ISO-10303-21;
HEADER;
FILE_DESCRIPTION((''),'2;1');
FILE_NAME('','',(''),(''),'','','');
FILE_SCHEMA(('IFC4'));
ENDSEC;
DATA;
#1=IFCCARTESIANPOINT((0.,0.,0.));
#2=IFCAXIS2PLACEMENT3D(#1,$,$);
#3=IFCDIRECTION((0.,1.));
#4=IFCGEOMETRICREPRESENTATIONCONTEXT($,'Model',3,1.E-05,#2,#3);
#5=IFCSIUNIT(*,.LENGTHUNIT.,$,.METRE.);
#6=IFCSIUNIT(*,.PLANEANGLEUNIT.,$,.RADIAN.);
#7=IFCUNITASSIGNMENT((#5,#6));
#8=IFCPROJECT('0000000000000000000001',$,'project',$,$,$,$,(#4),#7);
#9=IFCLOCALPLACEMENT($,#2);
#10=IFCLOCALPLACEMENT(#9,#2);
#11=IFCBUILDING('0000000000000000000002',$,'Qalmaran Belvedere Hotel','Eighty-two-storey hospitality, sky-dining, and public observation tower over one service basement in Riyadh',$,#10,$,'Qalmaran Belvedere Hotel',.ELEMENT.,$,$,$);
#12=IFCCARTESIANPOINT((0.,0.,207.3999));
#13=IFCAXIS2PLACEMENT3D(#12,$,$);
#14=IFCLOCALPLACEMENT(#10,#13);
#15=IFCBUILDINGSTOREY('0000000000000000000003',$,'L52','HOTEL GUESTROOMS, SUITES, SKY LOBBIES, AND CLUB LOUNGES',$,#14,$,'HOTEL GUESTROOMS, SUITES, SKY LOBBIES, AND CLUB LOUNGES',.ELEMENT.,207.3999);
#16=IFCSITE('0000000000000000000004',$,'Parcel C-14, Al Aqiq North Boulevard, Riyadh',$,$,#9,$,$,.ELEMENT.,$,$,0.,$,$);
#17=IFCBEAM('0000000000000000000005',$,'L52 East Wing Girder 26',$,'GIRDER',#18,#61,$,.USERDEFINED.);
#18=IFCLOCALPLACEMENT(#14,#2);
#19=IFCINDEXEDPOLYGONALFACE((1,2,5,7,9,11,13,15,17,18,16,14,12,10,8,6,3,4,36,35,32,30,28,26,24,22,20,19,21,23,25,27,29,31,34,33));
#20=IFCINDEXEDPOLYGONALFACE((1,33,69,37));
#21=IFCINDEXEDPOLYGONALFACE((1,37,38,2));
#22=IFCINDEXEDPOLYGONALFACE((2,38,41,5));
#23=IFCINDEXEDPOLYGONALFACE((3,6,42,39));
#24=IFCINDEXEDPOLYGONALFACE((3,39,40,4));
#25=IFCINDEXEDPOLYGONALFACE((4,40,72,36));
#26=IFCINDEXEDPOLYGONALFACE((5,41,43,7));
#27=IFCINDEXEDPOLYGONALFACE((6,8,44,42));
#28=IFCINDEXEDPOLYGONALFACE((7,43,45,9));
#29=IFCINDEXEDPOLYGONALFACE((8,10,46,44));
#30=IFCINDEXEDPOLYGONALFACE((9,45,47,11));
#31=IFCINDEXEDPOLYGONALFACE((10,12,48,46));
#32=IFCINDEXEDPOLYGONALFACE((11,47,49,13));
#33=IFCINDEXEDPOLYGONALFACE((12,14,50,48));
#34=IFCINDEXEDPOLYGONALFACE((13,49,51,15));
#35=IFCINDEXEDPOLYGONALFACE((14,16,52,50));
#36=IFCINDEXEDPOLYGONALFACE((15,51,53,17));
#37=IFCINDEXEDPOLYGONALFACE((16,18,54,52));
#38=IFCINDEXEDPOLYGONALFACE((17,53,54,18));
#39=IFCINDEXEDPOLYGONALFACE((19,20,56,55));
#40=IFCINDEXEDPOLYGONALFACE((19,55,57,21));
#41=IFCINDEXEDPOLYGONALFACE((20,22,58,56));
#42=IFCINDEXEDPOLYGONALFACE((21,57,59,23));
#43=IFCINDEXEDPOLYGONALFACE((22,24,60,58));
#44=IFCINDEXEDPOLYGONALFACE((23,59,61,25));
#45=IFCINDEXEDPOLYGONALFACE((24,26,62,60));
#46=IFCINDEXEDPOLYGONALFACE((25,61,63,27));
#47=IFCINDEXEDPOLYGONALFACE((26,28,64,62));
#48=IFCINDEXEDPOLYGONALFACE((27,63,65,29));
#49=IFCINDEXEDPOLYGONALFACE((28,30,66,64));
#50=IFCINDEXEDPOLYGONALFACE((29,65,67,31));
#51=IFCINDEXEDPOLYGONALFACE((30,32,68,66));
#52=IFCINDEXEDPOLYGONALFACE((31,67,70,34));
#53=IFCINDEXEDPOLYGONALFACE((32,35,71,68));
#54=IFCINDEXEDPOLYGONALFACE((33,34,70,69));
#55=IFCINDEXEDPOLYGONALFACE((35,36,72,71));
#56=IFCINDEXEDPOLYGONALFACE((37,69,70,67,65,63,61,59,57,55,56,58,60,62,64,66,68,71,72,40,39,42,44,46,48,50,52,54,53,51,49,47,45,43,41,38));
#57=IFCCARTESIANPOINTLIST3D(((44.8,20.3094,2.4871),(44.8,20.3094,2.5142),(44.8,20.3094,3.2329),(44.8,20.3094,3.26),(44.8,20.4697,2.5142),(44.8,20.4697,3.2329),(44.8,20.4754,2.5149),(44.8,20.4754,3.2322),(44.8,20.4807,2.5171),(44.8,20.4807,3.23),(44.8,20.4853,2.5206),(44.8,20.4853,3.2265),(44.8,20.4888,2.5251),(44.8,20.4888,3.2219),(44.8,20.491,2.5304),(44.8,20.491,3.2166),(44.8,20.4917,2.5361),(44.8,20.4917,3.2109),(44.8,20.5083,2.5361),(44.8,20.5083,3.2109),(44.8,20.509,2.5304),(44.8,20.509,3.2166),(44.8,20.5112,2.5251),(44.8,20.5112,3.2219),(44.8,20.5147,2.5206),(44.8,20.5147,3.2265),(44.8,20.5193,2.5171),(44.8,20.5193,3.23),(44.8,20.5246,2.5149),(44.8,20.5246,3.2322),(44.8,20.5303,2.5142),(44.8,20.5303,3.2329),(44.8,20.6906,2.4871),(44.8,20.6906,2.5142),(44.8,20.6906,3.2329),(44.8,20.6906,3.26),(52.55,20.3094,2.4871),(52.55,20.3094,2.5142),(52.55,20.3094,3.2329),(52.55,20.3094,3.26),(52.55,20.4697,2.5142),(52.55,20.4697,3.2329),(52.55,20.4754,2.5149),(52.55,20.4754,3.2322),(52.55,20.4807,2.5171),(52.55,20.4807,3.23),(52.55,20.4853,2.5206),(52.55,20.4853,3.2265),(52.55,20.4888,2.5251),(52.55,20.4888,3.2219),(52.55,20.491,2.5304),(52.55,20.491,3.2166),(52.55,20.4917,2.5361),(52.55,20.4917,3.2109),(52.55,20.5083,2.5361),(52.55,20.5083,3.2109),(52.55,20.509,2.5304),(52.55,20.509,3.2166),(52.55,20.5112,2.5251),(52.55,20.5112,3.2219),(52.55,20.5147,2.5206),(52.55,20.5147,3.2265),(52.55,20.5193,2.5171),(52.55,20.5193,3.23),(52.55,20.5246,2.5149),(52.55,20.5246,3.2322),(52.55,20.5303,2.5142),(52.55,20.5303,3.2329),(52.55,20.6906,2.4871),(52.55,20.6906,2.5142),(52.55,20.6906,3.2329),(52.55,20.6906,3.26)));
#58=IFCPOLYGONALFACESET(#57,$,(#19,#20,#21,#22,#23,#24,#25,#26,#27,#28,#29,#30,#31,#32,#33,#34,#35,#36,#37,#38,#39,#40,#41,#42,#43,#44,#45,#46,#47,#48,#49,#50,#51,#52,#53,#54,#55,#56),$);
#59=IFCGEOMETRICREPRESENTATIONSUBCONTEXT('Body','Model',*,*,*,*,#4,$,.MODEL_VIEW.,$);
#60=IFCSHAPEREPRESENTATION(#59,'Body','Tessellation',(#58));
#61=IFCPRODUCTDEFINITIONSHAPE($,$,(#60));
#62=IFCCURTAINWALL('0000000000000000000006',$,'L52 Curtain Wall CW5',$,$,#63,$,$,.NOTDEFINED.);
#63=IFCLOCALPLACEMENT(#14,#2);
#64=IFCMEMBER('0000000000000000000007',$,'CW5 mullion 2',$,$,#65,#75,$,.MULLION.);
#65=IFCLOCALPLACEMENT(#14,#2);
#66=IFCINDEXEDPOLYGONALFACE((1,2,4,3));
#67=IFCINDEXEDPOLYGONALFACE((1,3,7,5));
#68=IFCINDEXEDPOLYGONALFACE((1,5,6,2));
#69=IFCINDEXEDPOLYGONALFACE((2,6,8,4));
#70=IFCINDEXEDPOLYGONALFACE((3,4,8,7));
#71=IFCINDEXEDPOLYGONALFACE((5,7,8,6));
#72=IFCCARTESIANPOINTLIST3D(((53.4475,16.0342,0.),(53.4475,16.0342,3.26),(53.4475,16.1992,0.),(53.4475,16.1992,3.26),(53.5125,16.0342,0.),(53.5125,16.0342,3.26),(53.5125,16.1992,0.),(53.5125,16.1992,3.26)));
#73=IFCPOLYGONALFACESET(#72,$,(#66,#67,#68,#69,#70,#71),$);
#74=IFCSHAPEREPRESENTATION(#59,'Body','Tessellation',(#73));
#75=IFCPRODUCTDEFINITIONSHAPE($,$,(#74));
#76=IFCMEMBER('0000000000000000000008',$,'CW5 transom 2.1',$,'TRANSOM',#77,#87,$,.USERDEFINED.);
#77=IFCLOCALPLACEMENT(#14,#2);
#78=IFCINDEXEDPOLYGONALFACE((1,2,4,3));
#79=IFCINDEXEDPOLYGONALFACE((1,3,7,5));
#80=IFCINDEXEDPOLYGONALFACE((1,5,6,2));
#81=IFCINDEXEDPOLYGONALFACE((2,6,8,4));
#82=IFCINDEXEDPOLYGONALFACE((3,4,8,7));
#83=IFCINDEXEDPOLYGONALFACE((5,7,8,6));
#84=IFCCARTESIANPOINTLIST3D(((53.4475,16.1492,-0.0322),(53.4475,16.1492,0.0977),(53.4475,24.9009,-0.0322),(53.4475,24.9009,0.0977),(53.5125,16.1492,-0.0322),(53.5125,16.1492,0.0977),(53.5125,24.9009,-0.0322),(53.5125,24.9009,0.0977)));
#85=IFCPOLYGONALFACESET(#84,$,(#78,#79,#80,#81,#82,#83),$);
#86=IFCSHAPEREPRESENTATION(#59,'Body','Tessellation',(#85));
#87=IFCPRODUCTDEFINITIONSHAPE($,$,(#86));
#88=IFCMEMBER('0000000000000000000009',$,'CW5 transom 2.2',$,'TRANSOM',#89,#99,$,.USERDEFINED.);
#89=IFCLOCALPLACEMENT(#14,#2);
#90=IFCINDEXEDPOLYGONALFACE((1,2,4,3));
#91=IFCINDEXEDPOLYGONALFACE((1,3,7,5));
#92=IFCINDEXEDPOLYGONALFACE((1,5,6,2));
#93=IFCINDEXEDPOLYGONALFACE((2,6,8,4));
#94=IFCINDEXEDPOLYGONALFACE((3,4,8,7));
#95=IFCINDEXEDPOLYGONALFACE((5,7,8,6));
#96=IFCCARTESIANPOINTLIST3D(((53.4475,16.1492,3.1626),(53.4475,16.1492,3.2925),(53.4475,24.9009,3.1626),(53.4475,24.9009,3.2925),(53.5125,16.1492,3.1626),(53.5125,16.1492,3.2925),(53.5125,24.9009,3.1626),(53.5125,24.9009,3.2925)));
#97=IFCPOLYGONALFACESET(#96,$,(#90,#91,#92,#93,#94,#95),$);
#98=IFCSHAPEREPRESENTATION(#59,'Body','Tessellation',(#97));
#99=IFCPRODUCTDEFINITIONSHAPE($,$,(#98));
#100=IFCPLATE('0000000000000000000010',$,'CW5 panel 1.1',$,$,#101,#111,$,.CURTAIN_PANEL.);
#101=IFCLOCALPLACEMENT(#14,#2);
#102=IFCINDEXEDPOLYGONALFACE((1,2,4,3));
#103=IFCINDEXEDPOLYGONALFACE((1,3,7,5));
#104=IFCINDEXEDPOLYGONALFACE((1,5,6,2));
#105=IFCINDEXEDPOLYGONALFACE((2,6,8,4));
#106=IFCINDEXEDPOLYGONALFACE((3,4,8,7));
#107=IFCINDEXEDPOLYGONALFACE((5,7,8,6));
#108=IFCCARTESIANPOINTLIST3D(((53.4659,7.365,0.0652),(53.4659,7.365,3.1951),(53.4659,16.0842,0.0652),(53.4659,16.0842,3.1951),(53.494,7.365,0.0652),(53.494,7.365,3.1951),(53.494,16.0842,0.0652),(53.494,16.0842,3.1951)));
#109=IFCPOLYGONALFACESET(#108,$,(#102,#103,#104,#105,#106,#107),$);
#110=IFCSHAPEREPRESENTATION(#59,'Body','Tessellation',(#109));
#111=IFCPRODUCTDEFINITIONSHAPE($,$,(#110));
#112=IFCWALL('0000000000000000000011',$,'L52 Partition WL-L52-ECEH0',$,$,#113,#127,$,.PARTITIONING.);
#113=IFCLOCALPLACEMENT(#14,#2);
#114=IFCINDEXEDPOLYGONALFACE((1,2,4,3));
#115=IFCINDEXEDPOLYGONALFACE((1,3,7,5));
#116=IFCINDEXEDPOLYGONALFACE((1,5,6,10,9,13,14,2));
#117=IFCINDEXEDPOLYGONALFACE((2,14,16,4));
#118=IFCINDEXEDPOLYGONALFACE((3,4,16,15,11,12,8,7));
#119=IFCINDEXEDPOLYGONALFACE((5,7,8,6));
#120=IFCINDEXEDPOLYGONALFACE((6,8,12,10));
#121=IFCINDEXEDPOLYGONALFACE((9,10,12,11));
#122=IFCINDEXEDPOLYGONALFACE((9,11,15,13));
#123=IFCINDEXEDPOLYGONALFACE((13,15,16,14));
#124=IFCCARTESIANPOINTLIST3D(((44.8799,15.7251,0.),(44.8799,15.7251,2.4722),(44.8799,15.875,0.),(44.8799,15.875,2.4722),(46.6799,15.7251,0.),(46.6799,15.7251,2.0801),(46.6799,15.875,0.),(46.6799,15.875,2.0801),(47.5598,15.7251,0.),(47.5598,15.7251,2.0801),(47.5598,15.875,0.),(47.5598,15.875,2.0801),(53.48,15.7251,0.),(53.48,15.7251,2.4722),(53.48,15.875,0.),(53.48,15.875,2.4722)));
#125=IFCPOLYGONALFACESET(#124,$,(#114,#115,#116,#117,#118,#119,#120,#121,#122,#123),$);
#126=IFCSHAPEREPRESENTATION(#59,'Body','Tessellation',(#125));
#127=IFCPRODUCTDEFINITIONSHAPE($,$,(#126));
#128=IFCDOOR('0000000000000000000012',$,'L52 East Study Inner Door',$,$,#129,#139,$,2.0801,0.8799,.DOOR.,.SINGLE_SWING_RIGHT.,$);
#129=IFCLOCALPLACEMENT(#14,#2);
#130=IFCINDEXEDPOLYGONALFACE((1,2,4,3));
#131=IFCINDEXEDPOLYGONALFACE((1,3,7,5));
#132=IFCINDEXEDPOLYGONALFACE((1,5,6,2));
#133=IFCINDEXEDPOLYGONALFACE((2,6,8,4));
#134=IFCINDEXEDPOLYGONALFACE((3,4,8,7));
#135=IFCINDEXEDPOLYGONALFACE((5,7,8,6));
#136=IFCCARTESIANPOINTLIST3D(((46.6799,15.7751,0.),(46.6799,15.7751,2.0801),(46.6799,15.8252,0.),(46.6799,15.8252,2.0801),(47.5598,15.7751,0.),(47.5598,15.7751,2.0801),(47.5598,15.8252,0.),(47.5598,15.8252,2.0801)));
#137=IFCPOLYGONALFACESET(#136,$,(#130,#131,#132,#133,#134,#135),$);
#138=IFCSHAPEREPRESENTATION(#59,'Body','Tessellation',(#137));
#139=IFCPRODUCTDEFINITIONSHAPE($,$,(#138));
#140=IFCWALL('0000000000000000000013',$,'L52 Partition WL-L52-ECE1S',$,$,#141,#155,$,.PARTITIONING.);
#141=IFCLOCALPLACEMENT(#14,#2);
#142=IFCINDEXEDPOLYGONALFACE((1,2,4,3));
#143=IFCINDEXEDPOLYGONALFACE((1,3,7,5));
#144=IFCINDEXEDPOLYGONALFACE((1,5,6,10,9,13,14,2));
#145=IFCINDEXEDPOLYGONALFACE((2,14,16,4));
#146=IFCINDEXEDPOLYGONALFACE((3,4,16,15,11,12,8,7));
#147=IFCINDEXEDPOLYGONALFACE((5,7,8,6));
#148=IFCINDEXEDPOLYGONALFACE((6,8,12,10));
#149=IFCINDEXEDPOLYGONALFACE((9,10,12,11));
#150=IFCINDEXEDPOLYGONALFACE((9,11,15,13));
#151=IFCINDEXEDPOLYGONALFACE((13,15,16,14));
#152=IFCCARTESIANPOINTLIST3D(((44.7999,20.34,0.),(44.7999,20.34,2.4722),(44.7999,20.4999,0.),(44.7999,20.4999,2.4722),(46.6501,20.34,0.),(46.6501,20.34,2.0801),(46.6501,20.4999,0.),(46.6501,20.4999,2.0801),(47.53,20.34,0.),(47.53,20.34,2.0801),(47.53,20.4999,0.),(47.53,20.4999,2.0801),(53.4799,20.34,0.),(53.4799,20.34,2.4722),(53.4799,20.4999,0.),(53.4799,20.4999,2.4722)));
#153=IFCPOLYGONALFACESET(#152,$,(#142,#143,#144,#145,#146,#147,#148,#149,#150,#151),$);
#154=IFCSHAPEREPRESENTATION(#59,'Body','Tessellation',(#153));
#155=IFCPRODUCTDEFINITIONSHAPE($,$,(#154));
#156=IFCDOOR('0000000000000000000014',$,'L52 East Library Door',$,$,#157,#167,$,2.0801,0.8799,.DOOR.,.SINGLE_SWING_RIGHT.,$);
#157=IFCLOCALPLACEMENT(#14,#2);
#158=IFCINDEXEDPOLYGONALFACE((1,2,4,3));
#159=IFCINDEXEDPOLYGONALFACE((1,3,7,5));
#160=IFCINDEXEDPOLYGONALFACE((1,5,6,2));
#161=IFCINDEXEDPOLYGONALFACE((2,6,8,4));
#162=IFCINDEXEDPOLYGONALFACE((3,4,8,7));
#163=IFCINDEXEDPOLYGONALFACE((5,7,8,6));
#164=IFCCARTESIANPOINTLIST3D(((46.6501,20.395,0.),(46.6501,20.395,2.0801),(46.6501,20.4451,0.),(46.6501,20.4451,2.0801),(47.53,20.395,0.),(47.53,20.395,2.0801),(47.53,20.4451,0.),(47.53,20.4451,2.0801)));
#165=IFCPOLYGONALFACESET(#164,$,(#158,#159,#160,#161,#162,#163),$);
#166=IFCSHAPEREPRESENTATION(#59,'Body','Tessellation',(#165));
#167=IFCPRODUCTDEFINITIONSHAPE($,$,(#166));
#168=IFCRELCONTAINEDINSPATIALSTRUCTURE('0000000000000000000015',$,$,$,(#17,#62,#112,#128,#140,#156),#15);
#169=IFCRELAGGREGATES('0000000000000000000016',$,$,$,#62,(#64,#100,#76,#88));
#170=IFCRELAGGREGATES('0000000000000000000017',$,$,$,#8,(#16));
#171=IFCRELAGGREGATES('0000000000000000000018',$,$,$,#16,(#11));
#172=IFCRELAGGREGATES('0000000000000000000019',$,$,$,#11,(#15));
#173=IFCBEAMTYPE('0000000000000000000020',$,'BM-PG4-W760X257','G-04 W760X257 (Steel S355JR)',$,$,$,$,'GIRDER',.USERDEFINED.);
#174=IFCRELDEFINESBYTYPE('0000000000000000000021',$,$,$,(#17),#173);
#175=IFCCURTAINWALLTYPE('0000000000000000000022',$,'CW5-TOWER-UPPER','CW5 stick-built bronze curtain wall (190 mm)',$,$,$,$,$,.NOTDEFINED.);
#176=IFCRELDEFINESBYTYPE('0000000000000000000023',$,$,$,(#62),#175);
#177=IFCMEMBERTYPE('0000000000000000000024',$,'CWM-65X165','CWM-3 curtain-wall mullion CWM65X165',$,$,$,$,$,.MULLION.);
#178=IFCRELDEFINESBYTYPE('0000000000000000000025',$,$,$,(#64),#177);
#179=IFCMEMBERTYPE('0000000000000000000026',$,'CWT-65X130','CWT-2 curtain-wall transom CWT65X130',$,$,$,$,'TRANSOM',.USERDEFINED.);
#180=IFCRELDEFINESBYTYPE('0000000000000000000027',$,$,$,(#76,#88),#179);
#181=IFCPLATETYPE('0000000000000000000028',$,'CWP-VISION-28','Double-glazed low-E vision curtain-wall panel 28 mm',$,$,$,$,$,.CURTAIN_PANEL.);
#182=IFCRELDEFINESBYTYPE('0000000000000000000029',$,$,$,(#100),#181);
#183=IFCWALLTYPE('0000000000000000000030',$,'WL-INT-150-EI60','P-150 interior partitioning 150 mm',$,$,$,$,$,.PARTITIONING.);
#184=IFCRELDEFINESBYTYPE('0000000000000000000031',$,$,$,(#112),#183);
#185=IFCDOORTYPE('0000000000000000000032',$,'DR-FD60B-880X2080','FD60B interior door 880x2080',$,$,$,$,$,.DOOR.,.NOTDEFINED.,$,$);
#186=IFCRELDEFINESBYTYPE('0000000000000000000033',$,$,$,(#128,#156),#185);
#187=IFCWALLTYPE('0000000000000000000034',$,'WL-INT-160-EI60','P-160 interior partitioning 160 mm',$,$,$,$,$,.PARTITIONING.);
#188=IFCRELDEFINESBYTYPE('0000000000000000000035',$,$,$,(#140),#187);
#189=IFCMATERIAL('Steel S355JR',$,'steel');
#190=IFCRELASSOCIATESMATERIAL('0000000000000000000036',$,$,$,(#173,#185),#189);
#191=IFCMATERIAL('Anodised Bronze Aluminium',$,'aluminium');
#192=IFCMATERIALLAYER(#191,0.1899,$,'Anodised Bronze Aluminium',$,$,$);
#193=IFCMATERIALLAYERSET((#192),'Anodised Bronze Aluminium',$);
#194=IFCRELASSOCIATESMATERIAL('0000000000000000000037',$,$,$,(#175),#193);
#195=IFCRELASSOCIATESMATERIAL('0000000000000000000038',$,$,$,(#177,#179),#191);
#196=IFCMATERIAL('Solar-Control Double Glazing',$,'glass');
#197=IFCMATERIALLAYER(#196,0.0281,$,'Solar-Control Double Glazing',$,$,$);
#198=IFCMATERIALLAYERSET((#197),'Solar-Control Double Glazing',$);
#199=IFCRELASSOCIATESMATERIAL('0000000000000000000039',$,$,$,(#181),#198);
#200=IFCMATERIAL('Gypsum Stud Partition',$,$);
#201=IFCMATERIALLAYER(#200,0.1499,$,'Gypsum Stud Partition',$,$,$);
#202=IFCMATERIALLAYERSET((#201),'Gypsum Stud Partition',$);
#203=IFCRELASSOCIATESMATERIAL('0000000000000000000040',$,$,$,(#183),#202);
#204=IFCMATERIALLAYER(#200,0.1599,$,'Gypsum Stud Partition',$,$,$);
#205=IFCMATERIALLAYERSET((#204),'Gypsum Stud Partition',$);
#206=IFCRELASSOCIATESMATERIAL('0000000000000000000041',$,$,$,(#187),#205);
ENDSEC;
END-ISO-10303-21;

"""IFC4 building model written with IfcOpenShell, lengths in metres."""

from ifc_helpers import new_model, si_unit, direction, frame, frame_2d, origin, origin_2d, place, context, subcontext, project, spatial, rectangle, i_section, extrude, material, layer, layer_set, material_profile, profile_set, type_object, element, fill, aggregate, save


model = new_model("IFC4")

# Units and contexts
model_context = context("Model", 3, precision=1e-05, world=origin(), true_north=direction((0.0, 1.0)))
body_context = subcontext(model_context, "Body", "Model", "MODEL_VIEW")
ifc_project = project(units=[si_unit("LENGTHUNIT", "METRE"), si_unit("PLANEANGLEUNIT", "RADIAN")], contexts=[model_context])

# Site, building, storey
site_placement = place(None, origin())
site = spatial("IfcSite", under=ifc_project, at=site_placement, Name="Parcel C-14, Al Aqiq North Boulevard, Riyadh", CompositionType="ELEMENT", RefElevation=0.0)
building_placement = place(site_placement, origin())
building = spatial("IfcBuilding", under=site, at=building_placement, Name="Qalmaran Belvedere Hotel", Description="Eighty-two-storey hospitality, sky-dining, and public observation tower over one service basement in Riyadh", LongName="Qalmaran Belvedere Hotel", CompositionType="ELEMENT")
storey_placement = place(building_placement, frame((0.0, 0.0, 207.3999)))
storey = spatial("IfcBuildingStorey", under=building, at=storey_placement, Name="L52", Description="HOTEL GUESTROOMS, SUITES, SKY LOBBIES, AND CLUB LOUNGES", LongName="HOTEL GUESTROOMS, SUITES, SKY LOBBIES, AND CLUB LOUNGES", CompositionType="ELEMENT", Elevation=207.3999)

# Beam
ifc_material_1 = material(Name="Steel S355JR", Category="steel")
ifc_material_profile_1 = material_profile(ifc_material_1, i_section(OverallWidth=0.3811, OverallDepth=0.7729, WebThickness=0.0166, FlangeThickness=0.0271, FilletRadius=0.022, at=origin_2d()), Name="W760X257")
ifc_profile_set_1 = profile_set([ifc_material_profile_1], Name="Steel S355JR")
beam_type_1 = type_object("IfcBeamType", Name="BM-PG4-W760X257", Description="G-04 W760X257 (Steel S355JR)", ElementType="GIRDER", PredefinedType="USERDEFINED", material=ifc_profile_set_1)
beam_1_placement = place(storey_placement, frame((44.8, 20.5, 2.8735), z_axis=(1.0, 0.0, 0.0), x_axis=(0.0, 1.0, 0.0)))
element("IfcBeam", 1, at=beam_1_placement, inside=storey, type_object=beam_type_1, Name="L52 East Wing Girder 26", ObjectType="GIRDER", PredefinedType="USERDEFINED", context=body_context, shape_type="SweptSolid", body=[
    extrude(i_section(OverallWidth=0.3811, OverallDepth=0.7729, WebThickness=0.0166, FlangeThickness=0.0271, FilletRadius=0.022, at=origin_2d()), origin(), (0.0, 0.0, 1.0), 7.75),
])

# Curtain wall, members, plate
ifc_material_2 = material(Name="Anodised Bronze Aluminium", Category="aluminium")
ifc_layer_1 = layer(ifc_material_2, 0.1899, Name="Anodised Bronze Aluminium")
ifc_layer_set_1 = layer_set([ifc_layer_1], Name="Anodised Bronze Aluminium")
curtain_wall_type = type_object("IfcCurtainWallType", Name="CW5-TOWER-UPPER", Description="CW5 stick-built bronze curtain wall (190 mm)", PredefinedType="NOTDEFINED", material=ifc_layer_set_1)
curtain_wall_placement = place(storey_placement, origin())
curtain_wall = element("IfcCurtainWall", 2, at=curtain_wall_placement, inside=storey, type_object=curtain_wall_type, Name="L52 Curtain Wall CW5", PredefinedType="NOTDEFINED")
ifc_material_profile_2 = material_profile(ifc_material_2, rectangle(XDim=0.0649, YDim=0.165, at=origin_2d()), Name="CWM65X165")
ifc_profile_set_2 = profile_set([ifc_material_profile_2], Name="Anodised Bronze Aluminium")
member_type_1 = type_object("IfcMemberType", Name="CWM-65X165", Description="CWM-3 curtain-wall mullion CWM65X165", PredefinedType="MULLION", material=ifc_profile_set_2)
member_1_placement = place(storey_placement, frame((53.48, 16.1167, 0.0), z_axis=(0.0, 0.0, 1.0), x_axis=(-1.0, 0.0, 0.0)))
member_1 = element("IfcMember", 3, at=member_1_placement, type_object=member_type_1, Name="CW5 mullion 2", PredefinedType="MULLION", context=body_context, shape_type="SweptSolid", body=[
    extrude(rectangle(XDim=0.0649, YDim=0.165, at=origin_2d()), origin(), (0.0, 0.0, 1.0), 3.26),
])
ifc_material_profile_3 = material_profile(ifc_material_2, rectangle(XDim=0.0649, YDim=0.1299, at=origin_2d()), Name="CWT65X130")
ifc_profile_set_3 = profile_set([ifc_material_profile_3], Name="Anodised Bronze Aluminium")
member_type_2 = type_object("IfcMemberType", Name="CWT-65X130", Description="CWT-2 curtain-wall transom CWT65X130", ElementType="TRANSOM", PredefinedType="USERDEFINED", material=ifc_profile_set_3)
member_2_placement = place(storey_placement, frame((53.48, 16.1492, 0.0327), z_axis=(0.0, 1.0, 0.0), x_axis=(-1.0, 0.0, 0.0)))
member_2 = element("IfcMember", 4, at=member_2_placement, type_object=member_type_2, Name="CW5 transom 2.1", ObjectType="TRANSOM", PredefinedType="USERDEFINED", context=body_context, shape_type="SweptSolid", body=[
    extrude(rectangle(XDim=0.0649, YDim=0.1299, at=origin_2d()), origin(), (0.0, 0.0, 1.0), 8.7517),
])
member_3_placement = place(storey_placement, frame((53.48, 16.1492, 3.2275), z_axis=(0.0, 1.0, 0.0), x_axis=(-1.0, 0.0, 0.0)))
member_3 = element("IfcMember", 5, at=member_3_placement, type_object=member_type_2, Name="CW5 transom 2.2", ObjectType="TRANSOM", PredefinedType="USERDEFINED", context=body_context, shape_type="SweptSolid", body=[
    extrude(rectangle(XDim=0.0649, YDim=0.1299, at=origin_2d()), origin(), (0.0, 0.0, 1.0), 8.7517),
])
ifc_material_3 = material(Name="Solar-Control Double Glazing", Category="glass")
ifc_layer_2 = layer(ifc_material_3, 0.0281, Name="Solar-Control Double Glazing")
ifc_layer_set_2 = layer_set([ifc_layer_2], Name="Solar-Control Double Glazing")
plate_type = type_object("IfcPlateType", Name="CWP-VISION-28", Description="Double-glazed low-E vision curtain-wall panel 28 mm", PredefinedType="CURTAIN_PANEL", material=ifc_layer_set_2)
plate_placement = place(storey_placement, frame((53.48, 11.7246, 0.0652), z_axis=(0.0, 0.0, 1.0), x_axis=(0.0, 1.0, 0.0)))
plate = element("IfcPlate", 6, at=plate_placement, type_object=plate_type, Name="CW5 panel 1.1", PredefinedType="CURTAIN_PANEL", context=body_context, shape_type="SweptSolid", body=[
    extrude(rectangle(XDim=8.7192, YDim=0.0281, at=origin_2d()), origin(), (0.0, 0.0, 1.0), 3.1299),
])
aggregate(curtain_wall, [member_1, plate, member_2, member_3])

# Walls, openings, doors
ifc_material_4 = material(Name="Gypsum Stud Partition")
ifc_layer_3 = layer(ifc_material_4, 0.1499, Name="Gypsum Stud Partition")
ifc_layer_set_3 = layer_set([ifc_layer_3], Name="Gypsum Stud Partition")
wall_type_1 = type_object("IfcWallType", Name="WL-INT-150-EI60", Description="P-150 interior partitioning 150 mm", PredefinedType="PARTITIONING", material=ifc_layer_set_3)
wall_1_placement = place(storey_placement, frame((44.8799, 15.8, 0.0), z_axis=(0.0, 0.0, 1.0), x_axis=(1.0, 0.0, 0.0)))
wall_1 = element("IfcWall", 7, at=wall_1_placement, inside=storey, type_object=wall_type_1, Name="L52 Partition WL-L52-ECEH0", PredefinedType="PARTITIONING", context=body_context, shape_type="SweptSolid", body=[
    extrude(rectangle(XDim=8.6001, YDim=0.1499, at=frame_2d((4.3, 0.0))), origin(), (0.0, 0.0, 1.0), 2.4722),
])
opening_1_placement = place(wall_1_placement, frame((2.6799, 0.0, 0.0), z_axis=(0.0, 0.0, 1.0), x_axis=(-1.0, 0.0, 0.0)))
opening_1 = element("IfcOpeningElement", 8, at=opening_1_placement, cuts=wall_1, PredefinedType="OPENING", context=body_context, shape_type="SweptSolid", body=[
    extrude(rectangle(XDim=0.8799, YDim=2.0801, at=frame_2d((0.4399, 1.04))), frame((0.0, 0.085, 0.0), z_axis=(0.0, -1.0, 0.0), x_axis=(1.0, 0.0, 0.0)), (0.0, 0.0, 1.0), 0.1699),
])
door_type = type_object("IfcDoorType", Name="DR-FD60B-880X2080", Description="FD60B interior door 880x2080", OperationType="NOTDEFINED", PredefinedType="DOOR", material=ifc_material_1)
door_1_placement = place(opening_1_placement, origin())
door_1 = element("IfcDoor", 9, at=door_1_placement, inside=storey, type_object=door_type, Name="L52 East Study Inner Door", OperationType="SINGLE_SWING_RIGHT", OverallHeight=2.0801, OverallWidth=0.8799, PredefinedType="DOOR", context=body_context, shape_type="SweptSolid", body=[
    extrude(rectangle(XDim=0.8799, YDim=2.0801, at=frame_2d((0.4399, 1.04))), frame((0.0, 0.0249, 0.0), z_axis=(0.0, -1.0, 0.0), x_axis=(1.0, 0.0, 0.0)), (0.0, 0.0, 1.0), 0.05),
])
fill(opening_1, door_1)
ifc_layer_4 = layer(ifc_material_4, 0.1599, Name="Gypsum Stud Partition")
ifc_layer_set_4 = layer_set([ifc_layer_4], Name="Gypsum Stud Partition")
wall_type_2 = type_object("IfcWallType", Name="WL-INT-160-EI60", Description="P-160 interior partitioning 160 mm", PredefinedType="PARTITIONING", material=ifc_layer_set_4)
wall_2_placement = place(storey_placement, frame((44.8, 20.4199, 0.0), z_axis=(0.0, 0.0, 1.0), x_axis=(1.0, 0.0, 0.0)))
wall_2 = element("IfcWall", 10, at=wall_2_placement, inside=storey, type_object=wall_type_2, Name="L52 Partition WL-L52-ECE1S", PredefinedType="PARTITIONING", context=body_context, shape_type="SweptSolid", body=[
    extrude(rectangle(XDim=8.6799, YDim=0.1599, at=frame_2d((4.3398, 0.0))), origin(), (0.0, 0.0, 1.0), 2.4722),
])
opening_2_placement = place(wall_2_placement, frame((2.73, 0.0, 0.0), z_axis=(0.0, 0.0, 1.0), x_axis=(-1.0, 0.0, 0.0)))
opening_2 = element("IfcOpeningElement", 11, at=opening_2_placement, cuts=wall_2, PredefinedType="OPENING", context=body_context, shape_type="SweptSolid", body=[
    extrude(rectangle(XDim=0.8799, YDim=2.0801, at=frame_2d((0.4399, 1.04))), frame((0.0, 0.0898, 0.0), z_axis=(0.0, -1.0, 0.0), x_axis=(1.0, 0.0, 0.0)), (0.0, 0.0, 1.0), 0.1799),
])
door_2_placement = place(opening_2_placement, origin())
door_2 = element("IfcDoor", 12, at=door_2_placement, inside=storey, type_object=door_type, Name="L52 East Library Door", OperationType="SINGLE_SWING_RIGHT", OverallHeight=2.0801, OverallWidth=0.8799, PredefinedType="DOOR", context=body_context, shape_type="SweptSolid", body=[
    extrude(rectangle(XDim=0.8799, YDim=2.0801, at=frame_2d((0.4399, 1.04))), frame((0.0, 0.0249, 0.0), z_axis=(0.0, -1.0, 0.0), x_axis=(1.0, 0.0, 0.0)), (0.0, 0.0, 1.0), 0.05),
])
fill(opening_2, door_2)

save(model, "model.ifc")
